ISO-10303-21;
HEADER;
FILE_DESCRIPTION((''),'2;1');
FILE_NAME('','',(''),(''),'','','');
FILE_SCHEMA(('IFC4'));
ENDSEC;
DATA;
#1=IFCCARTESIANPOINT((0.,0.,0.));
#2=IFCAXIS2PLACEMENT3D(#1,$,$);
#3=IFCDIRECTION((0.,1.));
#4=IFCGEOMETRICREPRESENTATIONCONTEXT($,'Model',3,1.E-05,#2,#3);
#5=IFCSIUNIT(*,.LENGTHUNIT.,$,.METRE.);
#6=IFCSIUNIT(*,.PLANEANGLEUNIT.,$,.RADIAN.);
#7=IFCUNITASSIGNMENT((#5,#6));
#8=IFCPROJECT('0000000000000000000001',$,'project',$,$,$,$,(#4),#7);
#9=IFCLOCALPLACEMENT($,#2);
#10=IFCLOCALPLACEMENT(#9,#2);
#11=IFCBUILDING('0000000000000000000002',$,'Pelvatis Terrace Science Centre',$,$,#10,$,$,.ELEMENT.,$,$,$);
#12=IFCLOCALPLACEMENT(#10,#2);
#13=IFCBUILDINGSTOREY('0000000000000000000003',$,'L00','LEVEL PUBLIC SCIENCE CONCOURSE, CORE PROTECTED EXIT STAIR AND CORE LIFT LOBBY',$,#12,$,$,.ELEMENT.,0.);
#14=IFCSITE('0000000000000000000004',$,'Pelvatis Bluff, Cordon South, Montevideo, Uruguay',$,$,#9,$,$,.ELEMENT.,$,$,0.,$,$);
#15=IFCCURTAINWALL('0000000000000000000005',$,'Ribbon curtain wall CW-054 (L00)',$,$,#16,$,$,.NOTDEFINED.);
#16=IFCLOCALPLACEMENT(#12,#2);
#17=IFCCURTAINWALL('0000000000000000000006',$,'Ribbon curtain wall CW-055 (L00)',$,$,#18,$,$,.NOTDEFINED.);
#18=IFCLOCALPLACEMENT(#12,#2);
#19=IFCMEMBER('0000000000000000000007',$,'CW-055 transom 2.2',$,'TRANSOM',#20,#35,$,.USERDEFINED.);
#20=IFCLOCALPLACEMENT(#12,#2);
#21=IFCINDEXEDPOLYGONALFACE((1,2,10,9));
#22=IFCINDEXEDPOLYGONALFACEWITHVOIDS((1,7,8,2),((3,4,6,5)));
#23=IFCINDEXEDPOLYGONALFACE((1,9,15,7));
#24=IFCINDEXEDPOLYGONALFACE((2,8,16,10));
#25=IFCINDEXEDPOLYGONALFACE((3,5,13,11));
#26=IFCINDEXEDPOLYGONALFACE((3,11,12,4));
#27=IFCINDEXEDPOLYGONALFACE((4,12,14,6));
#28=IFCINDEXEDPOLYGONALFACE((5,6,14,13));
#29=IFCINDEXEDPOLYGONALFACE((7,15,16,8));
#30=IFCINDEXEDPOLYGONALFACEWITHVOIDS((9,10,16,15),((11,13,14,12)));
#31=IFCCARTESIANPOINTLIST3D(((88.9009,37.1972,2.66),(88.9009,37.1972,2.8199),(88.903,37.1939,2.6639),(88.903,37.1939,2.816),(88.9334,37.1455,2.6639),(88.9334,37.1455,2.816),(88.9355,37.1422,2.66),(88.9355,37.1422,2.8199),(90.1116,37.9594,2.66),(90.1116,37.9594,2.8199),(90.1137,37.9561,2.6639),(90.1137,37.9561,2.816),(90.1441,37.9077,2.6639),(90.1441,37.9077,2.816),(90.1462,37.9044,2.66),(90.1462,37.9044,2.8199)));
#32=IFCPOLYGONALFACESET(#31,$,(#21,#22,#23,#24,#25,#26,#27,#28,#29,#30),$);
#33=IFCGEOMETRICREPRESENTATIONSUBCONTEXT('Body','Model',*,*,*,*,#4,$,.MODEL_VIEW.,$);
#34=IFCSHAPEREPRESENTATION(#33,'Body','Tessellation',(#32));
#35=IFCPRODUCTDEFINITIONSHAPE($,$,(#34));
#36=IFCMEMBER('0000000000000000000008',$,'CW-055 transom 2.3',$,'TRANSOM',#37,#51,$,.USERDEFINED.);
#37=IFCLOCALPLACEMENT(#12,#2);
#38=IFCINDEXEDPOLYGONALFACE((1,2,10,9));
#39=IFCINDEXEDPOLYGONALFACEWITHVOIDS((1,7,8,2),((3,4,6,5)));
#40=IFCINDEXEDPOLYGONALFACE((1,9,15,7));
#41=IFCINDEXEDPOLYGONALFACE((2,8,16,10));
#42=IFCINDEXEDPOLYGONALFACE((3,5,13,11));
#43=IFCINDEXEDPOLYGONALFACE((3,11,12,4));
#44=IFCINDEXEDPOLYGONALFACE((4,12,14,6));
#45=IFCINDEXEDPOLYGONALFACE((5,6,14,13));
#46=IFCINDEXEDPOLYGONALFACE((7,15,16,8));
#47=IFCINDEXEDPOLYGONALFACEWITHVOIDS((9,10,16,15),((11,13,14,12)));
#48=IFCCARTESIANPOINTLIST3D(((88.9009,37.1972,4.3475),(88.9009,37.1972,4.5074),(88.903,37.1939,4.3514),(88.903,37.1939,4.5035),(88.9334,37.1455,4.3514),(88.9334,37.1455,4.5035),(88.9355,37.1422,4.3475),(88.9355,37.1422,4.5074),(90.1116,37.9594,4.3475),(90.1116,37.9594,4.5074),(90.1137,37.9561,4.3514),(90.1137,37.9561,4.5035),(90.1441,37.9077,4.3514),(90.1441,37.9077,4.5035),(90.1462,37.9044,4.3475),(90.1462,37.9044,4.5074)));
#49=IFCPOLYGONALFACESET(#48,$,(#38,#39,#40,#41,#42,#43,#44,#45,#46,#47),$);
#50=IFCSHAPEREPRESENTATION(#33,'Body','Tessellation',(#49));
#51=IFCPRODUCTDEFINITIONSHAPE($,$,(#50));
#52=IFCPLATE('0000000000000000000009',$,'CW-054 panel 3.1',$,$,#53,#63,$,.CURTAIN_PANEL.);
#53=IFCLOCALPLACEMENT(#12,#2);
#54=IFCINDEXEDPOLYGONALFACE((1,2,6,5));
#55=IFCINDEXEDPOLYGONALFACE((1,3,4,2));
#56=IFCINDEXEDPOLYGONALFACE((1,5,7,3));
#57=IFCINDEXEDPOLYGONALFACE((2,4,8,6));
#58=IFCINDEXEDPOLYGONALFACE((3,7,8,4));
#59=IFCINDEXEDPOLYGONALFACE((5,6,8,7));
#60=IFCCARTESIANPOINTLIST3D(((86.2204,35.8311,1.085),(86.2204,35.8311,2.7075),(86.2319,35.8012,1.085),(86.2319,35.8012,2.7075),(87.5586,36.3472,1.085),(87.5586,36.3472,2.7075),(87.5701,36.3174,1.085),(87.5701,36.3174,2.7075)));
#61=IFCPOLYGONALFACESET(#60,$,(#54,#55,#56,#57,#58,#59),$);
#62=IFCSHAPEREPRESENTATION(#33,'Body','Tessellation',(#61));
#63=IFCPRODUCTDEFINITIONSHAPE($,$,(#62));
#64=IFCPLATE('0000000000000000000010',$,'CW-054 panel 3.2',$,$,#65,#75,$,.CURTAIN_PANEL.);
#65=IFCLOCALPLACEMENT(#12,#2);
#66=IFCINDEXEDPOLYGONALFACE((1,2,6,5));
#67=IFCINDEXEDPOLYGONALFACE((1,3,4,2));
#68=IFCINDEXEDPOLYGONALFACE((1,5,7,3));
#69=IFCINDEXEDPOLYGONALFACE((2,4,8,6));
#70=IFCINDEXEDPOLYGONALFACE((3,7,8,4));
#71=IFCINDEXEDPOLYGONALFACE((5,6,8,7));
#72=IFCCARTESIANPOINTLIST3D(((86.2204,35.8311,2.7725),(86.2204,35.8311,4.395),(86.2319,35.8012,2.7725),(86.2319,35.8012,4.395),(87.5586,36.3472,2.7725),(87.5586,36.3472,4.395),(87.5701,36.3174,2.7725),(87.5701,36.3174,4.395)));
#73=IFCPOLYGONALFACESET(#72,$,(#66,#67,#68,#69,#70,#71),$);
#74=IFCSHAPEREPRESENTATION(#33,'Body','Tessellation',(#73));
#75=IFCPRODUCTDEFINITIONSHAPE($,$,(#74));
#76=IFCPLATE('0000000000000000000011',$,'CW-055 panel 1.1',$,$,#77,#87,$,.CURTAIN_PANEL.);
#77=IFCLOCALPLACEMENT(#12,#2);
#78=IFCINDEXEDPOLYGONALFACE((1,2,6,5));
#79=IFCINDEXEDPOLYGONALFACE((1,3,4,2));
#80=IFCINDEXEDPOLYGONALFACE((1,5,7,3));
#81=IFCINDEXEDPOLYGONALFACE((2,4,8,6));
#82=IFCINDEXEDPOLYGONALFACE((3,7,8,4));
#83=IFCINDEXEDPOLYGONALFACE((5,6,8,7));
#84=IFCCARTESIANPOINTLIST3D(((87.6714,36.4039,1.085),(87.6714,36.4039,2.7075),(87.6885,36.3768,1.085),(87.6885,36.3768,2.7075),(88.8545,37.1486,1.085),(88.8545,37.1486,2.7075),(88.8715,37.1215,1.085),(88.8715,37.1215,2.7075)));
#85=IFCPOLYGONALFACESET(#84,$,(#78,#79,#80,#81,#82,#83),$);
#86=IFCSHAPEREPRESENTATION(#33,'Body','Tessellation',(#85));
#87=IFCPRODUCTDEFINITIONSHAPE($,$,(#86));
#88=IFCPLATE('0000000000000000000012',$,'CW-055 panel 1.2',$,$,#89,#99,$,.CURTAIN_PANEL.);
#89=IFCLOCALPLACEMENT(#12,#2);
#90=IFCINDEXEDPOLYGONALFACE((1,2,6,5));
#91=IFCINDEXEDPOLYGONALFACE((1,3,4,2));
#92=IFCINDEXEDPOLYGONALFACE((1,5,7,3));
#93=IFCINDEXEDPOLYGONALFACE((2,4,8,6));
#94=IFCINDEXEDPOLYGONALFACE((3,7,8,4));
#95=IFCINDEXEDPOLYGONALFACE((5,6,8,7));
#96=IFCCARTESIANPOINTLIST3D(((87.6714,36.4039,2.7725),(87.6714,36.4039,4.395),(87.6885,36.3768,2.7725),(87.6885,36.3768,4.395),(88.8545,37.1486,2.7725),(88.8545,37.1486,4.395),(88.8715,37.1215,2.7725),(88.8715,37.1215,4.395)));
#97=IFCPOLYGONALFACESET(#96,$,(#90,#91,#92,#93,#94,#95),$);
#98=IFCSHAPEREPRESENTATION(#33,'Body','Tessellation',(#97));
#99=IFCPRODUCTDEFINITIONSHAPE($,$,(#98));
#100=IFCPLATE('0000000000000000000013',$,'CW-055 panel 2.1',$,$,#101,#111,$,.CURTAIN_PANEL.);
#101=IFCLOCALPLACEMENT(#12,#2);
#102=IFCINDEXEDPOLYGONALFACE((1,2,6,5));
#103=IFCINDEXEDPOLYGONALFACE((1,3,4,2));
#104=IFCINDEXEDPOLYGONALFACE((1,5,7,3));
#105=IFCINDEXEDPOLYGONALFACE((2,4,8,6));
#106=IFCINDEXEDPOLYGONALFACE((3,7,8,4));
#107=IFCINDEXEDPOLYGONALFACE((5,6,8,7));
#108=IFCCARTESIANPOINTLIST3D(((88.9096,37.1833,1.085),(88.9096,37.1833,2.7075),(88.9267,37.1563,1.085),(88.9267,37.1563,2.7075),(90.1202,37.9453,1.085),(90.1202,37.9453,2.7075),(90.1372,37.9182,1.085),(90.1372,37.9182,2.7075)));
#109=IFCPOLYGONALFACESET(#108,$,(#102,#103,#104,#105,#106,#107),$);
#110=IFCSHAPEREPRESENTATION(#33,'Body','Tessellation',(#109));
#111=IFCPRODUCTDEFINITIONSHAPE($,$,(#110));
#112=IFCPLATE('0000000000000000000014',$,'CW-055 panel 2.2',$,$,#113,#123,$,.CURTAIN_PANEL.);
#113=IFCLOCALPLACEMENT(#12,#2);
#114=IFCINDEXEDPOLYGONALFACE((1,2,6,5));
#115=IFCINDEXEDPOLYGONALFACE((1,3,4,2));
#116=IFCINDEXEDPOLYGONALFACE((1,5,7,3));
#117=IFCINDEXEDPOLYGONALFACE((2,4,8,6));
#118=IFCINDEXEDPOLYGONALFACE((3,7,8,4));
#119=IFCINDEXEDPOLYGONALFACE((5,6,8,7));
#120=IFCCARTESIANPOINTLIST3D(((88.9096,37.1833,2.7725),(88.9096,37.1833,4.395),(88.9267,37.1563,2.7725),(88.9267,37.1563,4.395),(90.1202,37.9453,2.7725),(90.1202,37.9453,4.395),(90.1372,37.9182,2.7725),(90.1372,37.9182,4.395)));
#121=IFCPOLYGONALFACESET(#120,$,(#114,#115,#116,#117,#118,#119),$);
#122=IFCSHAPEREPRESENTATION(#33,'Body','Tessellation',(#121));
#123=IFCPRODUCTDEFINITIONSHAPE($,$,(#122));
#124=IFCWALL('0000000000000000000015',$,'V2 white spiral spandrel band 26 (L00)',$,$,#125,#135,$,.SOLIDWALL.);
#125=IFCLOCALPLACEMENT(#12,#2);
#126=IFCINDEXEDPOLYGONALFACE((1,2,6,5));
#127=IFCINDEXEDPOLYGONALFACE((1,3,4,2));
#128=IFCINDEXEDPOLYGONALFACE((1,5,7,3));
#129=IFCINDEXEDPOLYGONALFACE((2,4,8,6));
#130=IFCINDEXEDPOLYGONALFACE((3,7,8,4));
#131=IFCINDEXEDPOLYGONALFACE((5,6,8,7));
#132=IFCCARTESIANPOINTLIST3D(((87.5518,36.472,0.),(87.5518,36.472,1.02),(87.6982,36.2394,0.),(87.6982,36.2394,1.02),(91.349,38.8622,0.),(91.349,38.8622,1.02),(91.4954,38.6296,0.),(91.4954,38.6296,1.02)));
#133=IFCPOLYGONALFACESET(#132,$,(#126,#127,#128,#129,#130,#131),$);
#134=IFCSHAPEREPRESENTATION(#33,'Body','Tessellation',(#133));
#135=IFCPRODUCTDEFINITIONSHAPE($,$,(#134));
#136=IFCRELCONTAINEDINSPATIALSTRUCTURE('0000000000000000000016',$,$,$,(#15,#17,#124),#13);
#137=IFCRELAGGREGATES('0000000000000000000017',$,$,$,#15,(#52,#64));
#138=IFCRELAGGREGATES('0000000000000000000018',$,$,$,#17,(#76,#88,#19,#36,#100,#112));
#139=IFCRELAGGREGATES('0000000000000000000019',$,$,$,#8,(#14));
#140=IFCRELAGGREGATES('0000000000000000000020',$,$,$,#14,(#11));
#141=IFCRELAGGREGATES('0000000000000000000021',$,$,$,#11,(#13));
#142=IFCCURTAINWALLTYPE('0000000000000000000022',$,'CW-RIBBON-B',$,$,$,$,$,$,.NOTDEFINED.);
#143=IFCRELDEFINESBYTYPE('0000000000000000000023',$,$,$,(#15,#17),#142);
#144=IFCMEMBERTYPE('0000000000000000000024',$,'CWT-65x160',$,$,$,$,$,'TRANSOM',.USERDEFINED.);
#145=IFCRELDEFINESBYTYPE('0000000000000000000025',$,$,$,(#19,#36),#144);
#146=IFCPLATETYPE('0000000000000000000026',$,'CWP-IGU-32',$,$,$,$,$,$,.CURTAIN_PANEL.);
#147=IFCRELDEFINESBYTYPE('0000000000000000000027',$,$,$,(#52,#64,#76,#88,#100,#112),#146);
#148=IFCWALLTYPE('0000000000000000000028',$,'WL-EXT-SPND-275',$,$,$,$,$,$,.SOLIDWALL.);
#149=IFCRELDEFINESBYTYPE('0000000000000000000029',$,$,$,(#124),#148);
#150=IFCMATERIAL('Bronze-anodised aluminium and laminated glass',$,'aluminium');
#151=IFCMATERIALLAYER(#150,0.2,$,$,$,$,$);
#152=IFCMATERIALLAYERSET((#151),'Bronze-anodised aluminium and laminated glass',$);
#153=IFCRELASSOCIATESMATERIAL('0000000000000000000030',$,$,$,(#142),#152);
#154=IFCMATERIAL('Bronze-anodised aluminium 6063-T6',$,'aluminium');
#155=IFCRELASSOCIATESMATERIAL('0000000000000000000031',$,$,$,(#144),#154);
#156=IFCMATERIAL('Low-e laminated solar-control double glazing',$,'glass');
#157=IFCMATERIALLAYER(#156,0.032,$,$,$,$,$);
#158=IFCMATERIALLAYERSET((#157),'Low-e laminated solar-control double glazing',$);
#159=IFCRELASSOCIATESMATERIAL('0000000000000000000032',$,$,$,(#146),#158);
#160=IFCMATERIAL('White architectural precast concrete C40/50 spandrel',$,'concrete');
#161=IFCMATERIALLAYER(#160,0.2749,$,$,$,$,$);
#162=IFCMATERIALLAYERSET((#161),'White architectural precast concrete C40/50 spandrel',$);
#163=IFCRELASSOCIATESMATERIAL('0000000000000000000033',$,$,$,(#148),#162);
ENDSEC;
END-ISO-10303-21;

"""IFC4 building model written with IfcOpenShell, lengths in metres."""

from ifc_helpers import new_model, si_unit, direction, frame, frame_2d, origin, origin_2d, place, context, subcontext, project, spatial, rectangle, hollow_rectangle, extrude, material, layer, layer_set, material_profile, profile_set, type_object, element, aggregate, save


model = new_model("IFC4")

# Units and contexts
model_context = context("Model", 3, precision=1e-05, world=origin(), true_north=direction((0.0, 1.0)))
body_context = subcontext(model_context, "Body", "Model", "MODEL_VIEW")
ifc_project = project(units=[si_unit("LENGTHUNIT", "METRE"), si_unit("PLANEANGLEUNIT", "RADIAN")], contexts=[model_context])

# Site, building, storey
site_placement = place(None, origin())
site = spatial("IfcSite", under=ifc_project, at=site_placement, Name="Pelvatis Bluff, Cordon South, Montevideo, Uruguay", CompositionType="ELEMENT", RefElevation=0.0)
building_placement = place(site_placement, origin())
building = spatial("IfcBuilding", under=site, at=building_placement, Name="Pelvatis Terrace Science Centre", CompositionType="ELEMENT")
storey_placement = place(building_placement, origin())
storey = spatial("IfcBuildingStorey", under=building, at=storey_placement, Name="L00", Description="LEVEL PUBLIC SCIENCE CONCOURSE, CORE PROTECTED EXIT STAIR AND CORE LIFT LOBBY", CompositionType="ELEMENT", Elevation=0.0)

# Curtain wall
ifc_material_1 = material(Name="Bronze-anodised aluminium and laminated glass", Category="aluminium")
ifc_layer_1 = layer(ifc_material_1, 0.2)
ifc_layer_set_1 = layer_set([ifc_layer_1], Name="Bronze-anodised aluminium and laminated glass")
curtain_wall_type = type_object("IfcCurtainWallType", Name="CW-RIBBON-B", PredefinedType="NOTDEFINED", material=ifc_layer_set_1)
curtain_wall_1_placement = place(storey_placement, origin())
curtain_wall_1 = element("IfcCurtainWall", 1, at=curtain_wall_1_placement, inside=storey, type_object=curtain_wall_type, Name="Ribbon curtain wall CW-054 (L00)", PredefinedType="NOTDEFINED")

# Curtain wall
curtain_wall_2_placement = place(storey_placement, origin())
curtain_wall_2 = element("IfcCurtainWall", 2, at=curtain_wall_2_placement, inside=storey, type_object=curtain_wall_type, Name="Ribbon curtain wall CW-055 (L00)", PredefinedType="NOTDEFINED")

# Members
ifc_material_2 = material(Name="Bronze-anodised aluminium 6063-T6", Category="aluminium")
ifc_material_profile_1 = material_profile(ifc_material_2, hollow_rectangle(XDim=0.0649, YDim=0.1599, WallThickness=0.0039, at=origin_2d()), Name="ALU-TRN 65x160")
ifc_profile_set_1 = profile_set([ifc_material_profile_1], Name="Bronze-anodised aluminium 6063-T6")
member_type_1 = type_object("IfcMemberType", Name="CWT-65x160", ElementType="TRANSOM", PredefinedType="USERDEFINED", material=ifc_profile_set_1)
member_1_placement = place(storey_placement, frame((88.9182, 37.1697, 2.74), z_axis=(0.846258, 0.532773, 0.0), x_axis=(-0.532773, 0.846258, 0.0)))
member_1 = element("IfcMember", 3, at=member_1_placement, type_object=member_type_1, Name="CW-055 transom 2.2", ObjectType="TRANSOM", PredefinedType="USERDEFINED", context=body_context, shape_type="SweptSolid", body=[
    extrude(hollow_rectangle(XDim=0.0649, YDim=0.1599, WallThickness=0.0039, at=origin_2d()), origin(), (0.0, 0.0, 1.0), 1.4307),
])
member_2_placement = place(storey_placement, frame((88.9182, 37.1697, 4.4275), z_axis=(0.846258, 0.532773, 0.0), x_axis=(-0.532773, 0.846258, 0.0)))
member_2 = element("IfcMember", 4, at=member_2_placement, type_object=member_type_1, Name="CW-055 transom 2.3", ObjectType="TRANSOM", PredefinedType="USERDEFINED", context=body_context, shape_type="SweptSolid", body=[
    extrude(hollow_rectangle(XDim=0.0649, YDim=0.1599, WallThickness=0.0039, at=origin_2d()), origin(), (0.0, 0.0, 1.0), 1.4307),
])

# Plates
ifc_material_3 = material(Name="Low-e laminated solar-control double glazing", Category="glass")
ifc_layer_2 = layer(ifc_material_3, 0.032)
ifc_layer_set_2 = layer_set([ifc_layer_2], Name="Low-e laminated solar-control double glazing")
plate_type = type_object("IfcPlateType", Name="CWP-IGU-32", PredefinedType="CURTAIN_PANEL", material=ifc_layer_set_2)
plate_1_placement = place(storey_placement, frame((86.8953, 36.0742, 1.085), z_axis=(0.0, 0.0, 1.0), x_axis=(0.933001, 0.359874, 0.0)))
plate_1 = element("IfcPlate", 5, at=plate_1_placement, type_object=plate_type, Name="CW-054 panel 3.1", PredefinedType="CURTAIN_PANEL", context=body_context, shape_type="SweptSolid", body=[
    extrude(rectangle(XDim=1.4343, YDim=0.032, at=origin_2d()), origin(), (0.0, 0.0, 1.0), 1.6226),
])
plate_2_placement = place(storey_placement, frame((86.8953, 36.0742, 2.7725), z_axis=(0.0, 0.0, 1.0), x_axis=(0.933001, 0.359874, 0.0)))
plate_2 = element("IfcPlate", 6, at=plate_2_placement, type_object=plate_type, Name="CW-054 panel 3.2", PredefinedType="CURTAIN_PANEL", context=body_context, shape_type="SweptSolid", body=[
    extrude(rectangle(XDim=1.4343, YDim=0.032, at=origin_2d()), origin(), (0.0, 0.0, 1.0), 1.6226),
])
aggregate(curtain_wall_1, [plate_1, plate_2])
plate_3_placement = place(storey_placement, frame((88.2715, 36.7627, 1.085), z_axis=(0.0, 0.0, 1.0), x_axis=(0.846304, 0.532701, 0.0)))
plate_3 = element("IfcPlate", 7, at=plate_3_placement, type_object=plate_type, Name="CW-055 panel 1.1", PredefinedType="CURTAIN_PANEL", context=body_context, shape_type="SweptSolid", body=[
    extrude(rectangle(XDim=1.3979, YDim=0.032, at=origin_2d()), origin(), (0.0, 0.0, 1.0), 1.6226),
])
plate_4_placement = place(storey_placement, frame((88.2715, 36.7627, 2.7725), z_axis=(0.0, 0.0, 1.0), x_axis=(0.846304, 0.532701, 0.0)))
plate_4 = element("IfcPlate", 8, at=plate_4_placement, type_object=plate_type, Name="CW-055 panel 1.2", PredefinedType="CURTAIN_PANEL", context=body_context, shape_type="SweptSolid", body=[
    extrude(rectangle(XDim=1.3979, YDim=0.032, at=origin_2d()), origin(), (0.0, 0.0, 1.0), 1.6226),
])
plate_5_placement = place(storey_placement, frame((89.5234, 37.5508, 1.085), z_axis=(0.0, 0.0, 1.0), x_axis=(0.846304, 0.532701, 0.0)))
plate_5 = element("IfcPlate", 9, at=plate_5_placement, type_object=plate_type, Name="CW-055 panel 2.1", PredefinedType="CURTAIN_PANEL", context=body_context, shape_type="SweptSolid", body=[
    extrude(rectangle(XDim=1.4304, YDim=0.032, at=origin_2d()), origin(), (0.0, 0.0, 1.0), 1.6226),
])
plate_6_placement = place(storey_placement, frame((89.5234, 37.5508, 2.7725), z_axis=(0.0, 0.0, 1.0), x_axis=(0.846304, 0.532701, 0.0)))
plate_6 = element("IfcPlate", 10, at=plate_6_placement, type_object=plate_type, Name="CW-055 panel 2.2", PredefinedType="CURTAIN_PANEL", context=body_context, shape_type="SweptSolid", body=[
    extrude(rectangle(XDim=1.4304, YDim=0.032, at=origin_2d()), origin(), (0.0, 0.0, 1.0), 1.6226),
])
aggregate(curtain_wall_2, [plate_3, plate_4, member_1, member_2, plate_5, plate_6])

# Wall
ifc_material_4 = material(Name="White architectural precast concrete C40/50 spandrel", Category="concrete")
ifc_layer_3 = layer(ifc_material_4, 0.2749)
ifc_layer_set_3 = layer_set([ifc_layer_3], Name="White architectural precast concrete C40/50 spandrel")
wall_type = type_object("IfcWallType", Name="WL-EXT-SPND-275", PredefinedType="SOLIDWALL", material=ifc_layer_set_3)
wall_placement = place(storey_placement, frame((87.625, 36.3557, 0.0), z_axis=(0.0, 0.0, 1.0), x_axis=(0.846297, 0.532711, 0.0)))
element("IfcWall", 11, at=wall_placement, inside=storey, type_object=wall_type, Name="V2 white spiral spandrel band 26 (L00)", PredefinedType="SOLIDWALL", context=body_context, shape_type="SweptSolid", body=[
    extrude(rectangle(XDim=4.4868, YDim=0.2749, at=frame_2d((2.2434, 0.0))), origin(), (0.0, 0.0, 1.0), 1.02),
])

save(model, "model.ifc")
